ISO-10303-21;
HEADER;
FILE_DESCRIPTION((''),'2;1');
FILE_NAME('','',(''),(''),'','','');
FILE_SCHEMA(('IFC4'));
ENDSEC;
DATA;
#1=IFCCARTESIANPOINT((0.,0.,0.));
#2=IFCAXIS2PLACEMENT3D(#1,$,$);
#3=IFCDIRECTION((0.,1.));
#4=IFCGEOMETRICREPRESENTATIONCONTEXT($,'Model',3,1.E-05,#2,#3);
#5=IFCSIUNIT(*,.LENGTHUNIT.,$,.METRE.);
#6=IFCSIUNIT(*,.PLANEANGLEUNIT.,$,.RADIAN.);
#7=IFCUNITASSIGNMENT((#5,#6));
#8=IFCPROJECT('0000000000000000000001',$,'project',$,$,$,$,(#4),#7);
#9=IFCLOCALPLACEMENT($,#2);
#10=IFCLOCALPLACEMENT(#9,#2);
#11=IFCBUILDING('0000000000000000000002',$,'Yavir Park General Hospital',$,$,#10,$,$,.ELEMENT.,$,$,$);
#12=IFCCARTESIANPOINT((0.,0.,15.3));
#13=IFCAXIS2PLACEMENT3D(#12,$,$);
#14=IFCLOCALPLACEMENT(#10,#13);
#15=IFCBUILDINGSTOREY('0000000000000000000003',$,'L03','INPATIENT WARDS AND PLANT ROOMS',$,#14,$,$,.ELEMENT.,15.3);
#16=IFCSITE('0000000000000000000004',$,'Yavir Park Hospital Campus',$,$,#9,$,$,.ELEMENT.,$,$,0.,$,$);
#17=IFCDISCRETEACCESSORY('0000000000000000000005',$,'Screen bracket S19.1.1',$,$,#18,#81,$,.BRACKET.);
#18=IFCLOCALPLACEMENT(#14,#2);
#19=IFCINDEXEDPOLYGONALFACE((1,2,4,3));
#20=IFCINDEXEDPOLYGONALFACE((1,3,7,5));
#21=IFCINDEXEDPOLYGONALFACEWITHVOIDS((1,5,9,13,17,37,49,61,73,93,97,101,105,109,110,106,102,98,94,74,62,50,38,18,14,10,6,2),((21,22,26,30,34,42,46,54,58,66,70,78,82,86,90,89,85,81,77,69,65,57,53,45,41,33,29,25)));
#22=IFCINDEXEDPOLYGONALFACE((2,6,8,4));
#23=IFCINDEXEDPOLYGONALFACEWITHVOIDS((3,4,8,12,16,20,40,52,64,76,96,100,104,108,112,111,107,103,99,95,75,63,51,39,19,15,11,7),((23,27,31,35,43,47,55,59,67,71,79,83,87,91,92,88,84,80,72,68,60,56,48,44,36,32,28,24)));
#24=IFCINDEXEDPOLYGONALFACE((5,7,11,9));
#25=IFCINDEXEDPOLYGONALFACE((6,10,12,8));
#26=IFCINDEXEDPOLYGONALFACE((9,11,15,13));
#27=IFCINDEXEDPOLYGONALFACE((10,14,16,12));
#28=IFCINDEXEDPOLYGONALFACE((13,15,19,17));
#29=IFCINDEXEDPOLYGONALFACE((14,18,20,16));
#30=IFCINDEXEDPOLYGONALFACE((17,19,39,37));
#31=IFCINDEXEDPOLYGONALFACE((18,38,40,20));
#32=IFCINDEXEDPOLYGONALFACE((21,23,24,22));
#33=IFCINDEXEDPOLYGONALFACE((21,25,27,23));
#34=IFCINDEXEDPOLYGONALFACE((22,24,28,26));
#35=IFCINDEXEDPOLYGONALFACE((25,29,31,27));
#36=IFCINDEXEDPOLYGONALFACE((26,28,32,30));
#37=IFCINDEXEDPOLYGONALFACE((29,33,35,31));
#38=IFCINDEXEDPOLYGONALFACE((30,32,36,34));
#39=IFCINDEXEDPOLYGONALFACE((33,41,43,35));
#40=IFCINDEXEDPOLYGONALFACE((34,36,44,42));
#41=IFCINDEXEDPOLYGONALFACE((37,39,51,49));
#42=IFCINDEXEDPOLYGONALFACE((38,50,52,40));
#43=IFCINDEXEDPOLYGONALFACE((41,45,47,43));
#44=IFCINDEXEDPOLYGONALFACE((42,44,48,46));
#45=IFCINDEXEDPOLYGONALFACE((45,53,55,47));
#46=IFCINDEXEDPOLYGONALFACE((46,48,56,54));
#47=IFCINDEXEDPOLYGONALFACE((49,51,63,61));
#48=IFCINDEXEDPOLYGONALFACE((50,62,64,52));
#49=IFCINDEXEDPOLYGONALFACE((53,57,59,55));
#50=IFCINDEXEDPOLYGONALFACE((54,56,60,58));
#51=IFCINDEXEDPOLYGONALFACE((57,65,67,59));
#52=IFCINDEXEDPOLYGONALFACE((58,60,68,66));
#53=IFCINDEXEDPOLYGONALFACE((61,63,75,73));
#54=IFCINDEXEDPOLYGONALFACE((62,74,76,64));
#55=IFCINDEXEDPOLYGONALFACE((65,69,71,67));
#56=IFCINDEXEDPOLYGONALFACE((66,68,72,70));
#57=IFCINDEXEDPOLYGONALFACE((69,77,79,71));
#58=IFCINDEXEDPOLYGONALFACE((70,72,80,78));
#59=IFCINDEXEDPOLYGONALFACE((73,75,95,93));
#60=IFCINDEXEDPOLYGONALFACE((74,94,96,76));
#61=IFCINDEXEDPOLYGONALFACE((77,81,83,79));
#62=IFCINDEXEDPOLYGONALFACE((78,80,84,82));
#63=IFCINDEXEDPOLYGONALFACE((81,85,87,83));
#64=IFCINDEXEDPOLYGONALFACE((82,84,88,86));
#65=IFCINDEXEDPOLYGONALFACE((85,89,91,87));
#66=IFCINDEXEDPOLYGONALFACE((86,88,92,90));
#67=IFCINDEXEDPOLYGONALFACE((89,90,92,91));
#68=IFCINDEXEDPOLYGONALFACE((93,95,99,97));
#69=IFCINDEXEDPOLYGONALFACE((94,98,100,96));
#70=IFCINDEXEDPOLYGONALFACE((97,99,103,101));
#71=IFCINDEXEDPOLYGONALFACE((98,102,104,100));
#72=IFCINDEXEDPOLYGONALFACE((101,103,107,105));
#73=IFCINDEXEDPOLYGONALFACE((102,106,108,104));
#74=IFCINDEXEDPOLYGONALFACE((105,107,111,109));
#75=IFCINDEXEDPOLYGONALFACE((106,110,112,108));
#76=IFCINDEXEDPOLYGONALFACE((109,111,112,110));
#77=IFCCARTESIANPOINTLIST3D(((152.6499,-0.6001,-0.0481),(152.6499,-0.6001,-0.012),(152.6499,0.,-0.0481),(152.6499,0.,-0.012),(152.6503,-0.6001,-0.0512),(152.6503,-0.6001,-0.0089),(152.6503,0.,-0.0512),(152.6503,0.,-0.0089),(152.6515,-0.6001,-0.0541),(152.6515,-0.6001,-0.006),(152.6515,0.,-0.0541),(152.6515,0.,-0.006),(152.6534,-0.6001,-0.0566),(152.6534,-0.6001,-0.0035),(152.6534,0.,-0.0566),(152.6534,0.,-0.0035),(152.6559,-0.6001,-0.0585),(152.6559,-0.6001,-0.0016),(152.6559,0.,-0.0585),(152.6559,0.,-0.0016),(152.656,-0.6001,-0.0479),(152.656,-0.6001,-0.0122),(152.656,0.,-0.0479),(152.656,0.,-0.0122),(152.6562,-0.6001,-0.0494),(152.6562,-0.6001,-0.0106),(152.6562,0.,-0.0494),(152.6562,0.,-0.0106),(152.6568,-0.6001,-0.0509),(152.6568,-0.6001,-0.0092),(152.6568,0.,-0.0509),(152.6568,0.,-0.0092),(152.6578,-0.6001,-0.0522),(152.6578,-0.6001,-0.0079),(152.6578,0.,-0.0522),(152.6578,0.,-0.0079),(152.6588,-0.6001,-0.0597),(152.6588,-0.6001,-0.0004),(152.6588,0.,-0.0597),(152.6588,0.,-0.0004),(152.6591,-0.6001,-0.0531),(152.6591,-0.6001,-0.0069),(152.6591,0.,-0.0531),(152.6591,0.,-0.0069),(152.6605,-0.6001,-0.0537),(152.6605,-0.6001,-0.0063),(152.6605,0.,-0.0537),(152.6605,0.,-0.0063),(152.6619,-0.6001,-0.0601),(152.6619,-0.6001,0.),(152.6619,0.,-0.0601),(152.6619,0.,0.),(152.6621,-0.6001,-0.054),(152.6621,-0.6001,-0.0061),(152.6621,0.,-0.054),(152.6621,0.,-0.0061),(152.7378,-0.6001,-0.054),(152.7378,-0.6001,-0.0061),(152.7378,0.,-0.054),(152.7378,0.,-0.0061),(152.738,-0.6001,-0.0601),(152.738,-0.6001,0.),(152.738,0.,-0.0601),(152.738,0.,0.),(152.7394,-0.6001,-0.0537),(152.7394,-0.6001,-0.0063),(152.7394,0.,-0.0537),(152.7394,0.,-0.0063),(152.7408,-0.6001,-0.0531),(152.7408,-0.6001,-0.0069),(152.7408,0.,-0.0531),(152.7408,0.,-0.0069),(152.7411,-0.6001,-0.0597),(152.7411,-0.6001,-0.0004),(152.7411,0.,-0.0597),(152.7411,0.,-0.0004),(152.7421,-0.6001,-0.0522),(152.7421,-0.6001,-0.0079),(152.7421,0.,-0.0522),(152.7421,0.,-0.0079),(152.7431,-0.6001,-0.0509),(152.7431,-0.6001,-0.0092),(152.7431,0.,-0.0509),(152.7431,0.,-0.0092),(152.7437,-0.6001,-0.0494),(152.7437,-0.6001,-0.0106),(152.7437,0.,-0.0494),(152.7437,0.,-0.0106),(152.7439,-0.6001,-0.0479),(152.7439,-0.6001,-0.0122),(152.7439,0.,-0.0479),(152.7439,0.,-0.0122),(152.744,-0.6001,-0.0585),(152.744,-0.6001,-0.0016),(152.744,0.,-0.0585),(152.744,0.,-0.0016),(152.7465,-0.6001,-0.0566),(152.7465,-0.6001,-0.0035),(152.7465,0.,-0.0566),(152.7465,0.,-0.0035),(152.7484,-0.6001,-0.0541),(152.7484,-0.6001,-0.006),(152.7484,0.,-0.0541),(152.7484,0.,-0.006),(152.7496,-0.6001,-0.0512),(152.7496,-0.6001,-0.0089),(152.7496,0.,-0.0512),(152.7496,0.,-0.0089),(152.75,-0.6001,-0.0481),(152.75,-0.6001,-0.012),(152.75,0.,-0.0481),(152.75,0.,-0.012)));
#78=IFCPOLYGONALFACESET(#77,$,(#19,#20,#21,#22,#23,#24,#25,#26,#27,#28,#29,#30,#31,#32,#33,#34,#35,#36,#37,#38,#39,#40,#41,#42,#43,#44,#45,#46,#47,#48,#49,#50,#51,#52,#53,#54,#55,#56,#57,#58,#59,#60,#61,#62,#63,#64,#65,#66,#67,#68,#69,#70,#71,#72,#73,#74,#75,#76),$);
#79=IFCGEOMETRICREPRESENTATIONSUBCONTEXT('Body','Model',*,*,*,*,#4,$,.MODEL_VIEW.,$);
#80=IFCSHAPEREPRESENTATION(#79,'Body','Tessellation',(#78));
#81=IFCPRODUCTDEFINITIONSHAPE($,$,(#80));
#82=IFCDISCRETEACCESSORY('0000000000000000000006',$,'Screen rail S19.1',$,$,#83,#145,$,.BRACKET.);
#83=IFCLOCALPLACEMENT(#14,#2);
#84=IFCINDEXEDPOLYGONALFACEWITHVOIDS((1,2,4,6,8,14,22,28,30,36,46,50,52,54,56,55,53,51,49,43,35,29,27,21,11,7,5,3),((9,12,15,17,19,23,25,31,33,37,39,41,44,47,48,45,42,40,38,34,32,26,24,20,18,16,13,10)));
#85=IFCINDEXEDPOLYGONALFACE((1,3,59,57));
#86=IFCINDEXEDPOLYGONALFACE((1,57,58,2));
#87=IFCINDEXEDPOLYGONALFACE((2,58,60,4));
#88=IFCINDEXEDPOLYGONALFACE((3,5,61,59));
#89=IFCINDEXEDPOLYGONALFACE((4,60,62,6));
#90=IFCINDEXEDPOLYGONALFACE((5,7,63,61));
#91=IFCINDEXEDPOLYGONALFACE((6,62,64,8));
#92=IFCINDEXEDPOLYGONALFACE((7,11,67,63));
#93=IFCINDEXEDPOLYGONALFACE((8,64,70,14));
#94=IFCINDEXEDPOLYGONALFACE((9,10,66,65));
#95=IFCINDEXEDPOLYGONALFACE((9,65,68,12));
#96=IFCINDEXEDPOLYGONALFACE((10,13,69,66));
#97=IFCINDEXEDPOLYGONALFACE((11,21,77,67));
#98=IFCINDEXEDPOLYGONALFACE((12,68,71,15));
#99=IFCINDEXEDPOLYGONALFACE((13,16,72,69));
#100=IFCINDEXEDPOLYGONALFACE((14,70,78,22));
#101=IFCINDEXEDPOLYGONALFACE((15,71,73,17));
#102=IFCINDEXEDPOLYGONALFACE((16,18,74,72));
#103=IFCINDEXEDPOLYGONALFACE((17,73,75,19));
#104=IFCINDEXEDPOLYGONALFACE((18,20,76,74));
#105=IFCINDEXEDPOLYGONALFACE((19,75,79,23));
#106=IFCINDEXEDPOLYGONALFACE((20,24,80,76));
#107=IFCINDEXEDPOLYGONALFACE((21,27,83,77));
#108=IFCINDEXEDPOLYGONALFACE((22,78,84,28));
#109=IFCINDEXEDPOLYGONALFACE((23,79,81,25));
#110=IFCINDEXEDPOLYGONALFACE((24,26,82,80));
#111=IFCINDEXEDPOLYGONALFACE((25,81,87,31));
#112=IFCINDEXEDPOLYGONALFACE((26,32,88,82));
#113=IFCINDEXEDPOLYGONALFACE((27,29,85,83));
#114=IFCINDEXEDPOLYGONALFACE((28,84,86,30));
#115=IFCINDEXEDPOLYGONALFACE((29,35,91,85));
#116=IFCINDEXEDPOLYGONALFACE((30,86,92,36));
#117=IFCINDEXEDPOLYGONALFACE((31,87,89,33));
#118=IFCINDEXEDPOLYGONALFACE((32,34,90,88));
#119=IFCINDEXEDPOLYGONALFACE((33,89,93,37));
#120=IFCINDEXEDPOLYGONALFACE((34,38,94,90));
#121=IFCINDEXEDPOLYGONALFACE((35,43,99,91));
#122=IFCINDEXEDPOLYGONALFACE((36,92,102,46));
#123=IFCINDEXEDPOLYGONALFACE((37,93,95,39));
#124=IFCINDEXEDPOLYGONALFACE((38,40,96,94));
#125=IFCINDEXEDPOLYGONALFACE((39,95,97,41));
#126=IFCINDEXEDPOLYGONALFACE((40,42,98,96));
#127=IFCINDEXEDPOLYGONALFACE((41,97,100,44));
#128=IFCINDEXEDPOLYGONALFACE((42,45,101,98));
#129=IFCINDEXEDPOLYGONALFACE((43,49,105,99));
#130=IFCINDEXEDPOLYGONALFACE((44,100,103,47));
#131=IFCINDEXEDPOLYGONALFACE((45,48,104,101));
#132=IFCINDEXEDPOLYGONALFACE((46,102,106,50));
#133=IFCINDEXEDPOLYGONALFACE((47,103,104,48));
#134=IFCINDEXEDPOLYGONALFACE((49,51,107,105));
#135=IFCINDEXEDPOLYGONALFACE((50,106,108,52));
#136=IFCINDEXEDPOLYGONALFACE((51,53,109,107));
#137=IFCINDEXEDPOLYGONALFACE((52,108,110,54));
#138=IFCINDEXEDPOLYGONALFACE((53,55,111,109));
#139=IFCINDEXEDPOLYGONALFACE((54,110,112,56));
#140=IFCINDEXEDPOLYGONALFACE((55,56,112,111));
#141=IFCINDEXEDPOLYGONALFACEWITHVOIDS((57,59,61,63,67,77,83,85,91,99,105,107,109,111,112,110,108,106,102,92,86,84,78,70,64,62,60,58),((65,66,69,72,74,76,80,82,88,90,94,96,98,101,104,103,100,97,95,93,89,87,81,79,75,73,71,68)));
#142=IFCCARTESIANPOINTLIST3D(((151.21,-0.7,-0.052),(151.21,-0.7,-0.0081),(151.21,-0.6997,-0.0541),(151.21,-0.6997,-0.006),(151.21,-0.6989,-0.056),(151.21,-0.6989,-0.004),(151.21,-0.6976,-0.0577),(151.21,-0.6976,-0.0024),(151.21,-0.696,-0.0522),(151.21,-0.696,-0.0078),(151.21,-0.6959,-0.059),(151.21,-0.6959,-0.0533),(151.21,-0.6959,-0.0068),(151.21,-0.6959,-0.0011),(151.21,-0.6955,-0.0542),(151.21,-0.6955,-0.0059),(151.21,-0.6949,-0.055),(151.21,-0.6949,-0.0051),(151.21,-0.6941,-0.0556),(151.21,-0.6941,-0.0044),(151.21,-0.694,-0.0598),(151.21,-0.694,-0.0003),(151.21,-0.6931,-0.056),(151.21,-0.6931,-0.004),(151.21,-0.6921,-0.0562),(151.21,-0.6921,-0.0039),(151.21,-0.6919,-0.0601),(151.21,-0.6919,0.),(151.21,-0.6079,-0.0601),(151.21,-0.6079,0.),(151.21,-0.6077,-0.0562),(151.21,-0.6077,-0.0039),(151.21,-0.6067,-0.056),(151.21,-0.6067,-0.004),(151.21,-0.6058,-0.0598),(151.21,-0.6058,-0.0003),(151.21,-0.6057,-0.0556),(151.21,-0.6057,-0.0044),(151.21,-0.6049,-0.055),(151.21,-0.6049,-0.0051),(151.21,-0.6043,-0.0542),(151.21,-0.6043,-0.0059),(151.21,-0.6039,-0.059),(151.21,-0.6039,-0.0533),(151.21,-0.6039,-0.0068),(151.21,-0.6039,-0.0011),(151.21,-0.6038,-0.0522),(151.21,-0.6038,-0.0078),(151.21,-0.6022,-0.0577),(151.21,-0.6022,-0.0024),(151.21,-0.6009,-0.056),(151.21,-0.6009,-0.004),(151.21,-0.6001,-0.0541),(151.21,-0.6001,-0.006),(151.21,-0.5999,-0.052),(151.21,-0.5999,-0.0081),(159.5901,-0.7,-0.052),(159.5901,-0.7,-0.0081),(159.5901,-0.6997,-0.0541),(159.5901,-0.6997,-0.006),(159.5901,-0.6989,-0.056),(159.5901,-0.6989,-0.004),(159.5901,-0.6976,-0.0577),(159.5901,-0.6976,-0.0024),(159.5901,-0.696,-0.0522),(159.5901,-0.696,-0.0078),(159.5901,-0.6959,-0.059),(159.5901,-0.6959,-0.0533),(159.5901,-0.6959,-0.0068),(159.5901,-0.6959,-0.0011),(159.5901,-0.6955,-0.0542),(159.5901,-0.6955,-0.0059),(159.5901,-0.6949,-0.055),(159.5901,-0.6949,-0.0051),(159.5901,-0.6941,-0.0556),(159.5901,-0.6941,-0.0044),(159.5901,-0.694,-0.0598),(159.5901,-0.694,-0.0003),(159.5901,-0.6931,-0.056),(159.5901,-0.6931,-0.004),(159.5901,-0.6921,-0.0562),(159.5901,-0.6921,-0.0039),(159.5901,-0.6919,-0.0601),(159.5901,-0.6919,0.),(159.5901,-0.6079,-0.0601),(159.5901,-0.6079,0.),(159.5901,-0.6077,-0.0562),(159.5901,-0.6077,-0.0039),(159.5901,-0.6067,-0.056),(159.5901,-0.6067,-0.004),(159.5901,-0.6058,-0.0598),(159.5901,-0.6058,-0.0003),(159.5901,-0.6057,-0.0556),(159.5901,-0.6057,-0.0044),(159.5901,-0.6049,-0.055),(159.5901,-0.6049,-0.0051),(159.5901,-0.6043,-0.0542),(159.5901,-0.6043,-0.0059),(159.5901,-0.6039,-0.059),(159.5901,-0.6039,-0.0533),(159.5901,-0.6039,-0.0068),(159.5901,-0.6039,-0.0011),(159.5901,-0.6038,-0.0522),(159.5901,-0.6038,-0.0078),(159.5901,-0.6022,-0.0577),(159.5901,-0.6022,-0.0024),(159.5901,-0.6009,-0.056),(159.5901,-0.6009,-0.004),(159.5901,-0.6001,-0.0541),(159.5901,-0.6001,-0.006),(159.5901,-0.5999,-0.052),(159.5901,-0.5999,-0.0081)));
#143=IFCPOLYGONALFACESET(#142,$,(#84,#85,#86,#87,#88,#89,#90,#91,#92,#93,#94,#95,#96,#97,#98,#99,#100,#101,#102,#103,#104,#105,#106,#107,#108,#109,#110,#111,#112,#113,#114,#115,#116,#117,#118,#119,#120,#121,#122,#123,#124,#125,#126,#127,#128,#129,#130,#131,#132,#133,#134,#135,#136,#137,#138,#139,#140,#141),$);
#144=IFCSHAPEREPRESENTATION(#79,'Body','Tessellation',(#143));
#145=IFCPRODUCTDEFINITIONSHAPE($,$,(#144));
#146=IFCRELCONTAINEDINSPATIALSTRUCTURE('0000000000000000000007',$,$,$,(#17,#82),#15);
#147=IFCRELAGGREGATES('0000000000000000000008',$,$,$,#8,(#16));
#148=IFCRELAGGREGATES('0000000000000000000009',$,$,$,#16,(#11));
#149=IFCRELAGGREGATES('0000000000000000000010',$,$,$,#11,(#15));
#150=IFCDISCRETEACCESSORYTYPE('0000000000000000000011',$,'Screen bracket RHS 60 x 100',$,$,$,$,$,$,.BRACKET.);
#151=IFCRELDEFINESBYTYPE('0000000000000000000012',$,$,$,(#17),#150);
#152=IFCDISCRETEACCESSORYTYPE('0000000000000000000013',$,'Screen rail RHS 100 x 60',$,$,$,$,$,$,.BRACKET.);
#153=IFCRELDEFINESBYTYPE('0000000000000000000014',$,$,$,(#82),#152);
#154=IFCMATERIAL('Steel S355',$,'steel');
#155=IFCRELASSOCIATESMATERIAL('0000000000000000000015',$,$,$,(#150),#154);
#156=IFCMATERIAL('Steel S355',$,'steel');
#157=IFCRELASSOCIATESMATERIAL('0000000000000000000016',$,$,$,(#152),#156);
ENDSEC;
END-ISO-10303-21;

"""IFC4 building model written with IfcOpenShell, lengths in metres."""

from ifc_helpers import new_model, si_unit, direction, frame, origin, origin_2d, place, context, subcontext, project, spatial, hollow_rectangle, extrude, material, material_profile, profile_set, type_object, element, save


model = new_model("IFC4")

# Units and contexts
model_context = context("Model", 3, precision=1e-05, world=origin(), true_north=direction((0.0, 1.0)))
body_context = subcontext(model_context, "Body", "Model", "MODEL_VIEW")
ifc_project = project(units=[si_unit("LENGTHUNIT", "METRE"), si_unit("PLANEANGLEUNIT", "RADIAN")], contexts=[model_context])

# Site, building, storey
site_placement = place(None, origin())
site = spatial("IfcSite", under=ifc_project, at=site_placement, Name="Yavir Park Hospital Campus", CompositionType="ELEMENT", RefElevation=0.0)
building_placement = place(site_placement, origin())
building = spatial("IfcBuilding", under=site, at=building_placement, Name="Yavir Park General Hospital", CompositionType="ELEMENT")
storey_placement = place(building_placement, frame((0.0, 0.0, 15.3)))
storey = spatial("IfcBuildingStorey", under=building, at=storey_placement, Name="L03", Description="INPATIENT WARDS AND PLANT ROOMS", CompositionType="ELEMENT", Elevation=15.3)

# Discrete accessories
ifc_material_1 = material(Name="Steel S355", Category="steel")
ifc_material_profile_1 = material_profile(ifc_material_1, hollow_rectangle(XDim=0.1001, YDim=0.0601, WallThickness=0.0061, InnerFilletRadius=0.0061, OuterFilletRadius=0.012, at=origin_2d()), Name="RHS60x100x6")
ifc_profile_set_1 = profile_set([ifc_material_profile_1], Name="Steel S355")
discrete_accessory_type_1 = type_object("IfcDiscreteAccessoryType", Name="Screen bracket RHS 60 x 100", PredefinedType="BRACKET", material=ifc_profile_set_1)
for number, where, z_axis, x_axis, name in (
    (1, (152.7, 0.0, -0.03), (0.0, -1.0, 0.0), (1.0, 0.0, 0.0), "Screen bracket S19.1.1"),
):
    element("IfcDiscreteAccessory", number, at=place(storey_placement, frame(where, z_axis=z_axis, x_axis=x_axis)), inside=storey, type_object=discrete_accessory_type_1, Name=name, PredefinedType="BRACKET", context=body_context, shape_type="SweptSolid", body=[
        extrude(hollow_rectangle(XDim=0.1001, YDim=0.0601, WallThickness=0.0061, InnerFilletRadius=0.0061, OuterFilletRadius=0.012, at=origin_2d()), origin(), (0.0, 0.0, 1.0), 0.6001),
    ])
ifc_material_2 = material(Name="Steel S355", Category="steel")
ifc_material_profile_2 = material_profile(ifc_material_2, hollow_rectangle(XDim=0.1001, YDim=0.0601, WallThickness=0.0039, InnerFilletRadius=0.0039, OuterFilletRadius=0.0081, at=origin_2d()), Name="RHS60x100x4")
ifc_profile_set_2 = profile_set([ifc_material_profile_2], Name="Steel S355")
discrete_accessory_type_2 = type_object("IfcDiscreteAccessoryType", Name="Screen rail RHS 100 x 60", PredefinedType="BRACKET", material=ifc_profile_set_2)
discrete_accessory_placement = place(storey_placement, frame((151.21, -0.6499, -0.03), z_axis=(1.0, 0.0, 0.0), x_axis=(0.0, 1.0, 0.0)))
element("IfcDiscreteAccessory", 2, at=discrete_accessory_placement, inside=storey, type_object=discrete_accessory_type_2, Name="Screen rail S19.1", PredefinedType="BRACKET", context=body_context, shape_type="SweptSolid", body=[
    extrude(hollow_rectangle(XDim=0.1001, YDim=0.0601, WallThickness=0.0039, InnerFilletRadius=0.0039, OuterFilletRadius=0.0081, at=origin_2d()), origin(), (0.0, 0.0, 1.0), 8.3801),
])

save(model, "model.ifc")
